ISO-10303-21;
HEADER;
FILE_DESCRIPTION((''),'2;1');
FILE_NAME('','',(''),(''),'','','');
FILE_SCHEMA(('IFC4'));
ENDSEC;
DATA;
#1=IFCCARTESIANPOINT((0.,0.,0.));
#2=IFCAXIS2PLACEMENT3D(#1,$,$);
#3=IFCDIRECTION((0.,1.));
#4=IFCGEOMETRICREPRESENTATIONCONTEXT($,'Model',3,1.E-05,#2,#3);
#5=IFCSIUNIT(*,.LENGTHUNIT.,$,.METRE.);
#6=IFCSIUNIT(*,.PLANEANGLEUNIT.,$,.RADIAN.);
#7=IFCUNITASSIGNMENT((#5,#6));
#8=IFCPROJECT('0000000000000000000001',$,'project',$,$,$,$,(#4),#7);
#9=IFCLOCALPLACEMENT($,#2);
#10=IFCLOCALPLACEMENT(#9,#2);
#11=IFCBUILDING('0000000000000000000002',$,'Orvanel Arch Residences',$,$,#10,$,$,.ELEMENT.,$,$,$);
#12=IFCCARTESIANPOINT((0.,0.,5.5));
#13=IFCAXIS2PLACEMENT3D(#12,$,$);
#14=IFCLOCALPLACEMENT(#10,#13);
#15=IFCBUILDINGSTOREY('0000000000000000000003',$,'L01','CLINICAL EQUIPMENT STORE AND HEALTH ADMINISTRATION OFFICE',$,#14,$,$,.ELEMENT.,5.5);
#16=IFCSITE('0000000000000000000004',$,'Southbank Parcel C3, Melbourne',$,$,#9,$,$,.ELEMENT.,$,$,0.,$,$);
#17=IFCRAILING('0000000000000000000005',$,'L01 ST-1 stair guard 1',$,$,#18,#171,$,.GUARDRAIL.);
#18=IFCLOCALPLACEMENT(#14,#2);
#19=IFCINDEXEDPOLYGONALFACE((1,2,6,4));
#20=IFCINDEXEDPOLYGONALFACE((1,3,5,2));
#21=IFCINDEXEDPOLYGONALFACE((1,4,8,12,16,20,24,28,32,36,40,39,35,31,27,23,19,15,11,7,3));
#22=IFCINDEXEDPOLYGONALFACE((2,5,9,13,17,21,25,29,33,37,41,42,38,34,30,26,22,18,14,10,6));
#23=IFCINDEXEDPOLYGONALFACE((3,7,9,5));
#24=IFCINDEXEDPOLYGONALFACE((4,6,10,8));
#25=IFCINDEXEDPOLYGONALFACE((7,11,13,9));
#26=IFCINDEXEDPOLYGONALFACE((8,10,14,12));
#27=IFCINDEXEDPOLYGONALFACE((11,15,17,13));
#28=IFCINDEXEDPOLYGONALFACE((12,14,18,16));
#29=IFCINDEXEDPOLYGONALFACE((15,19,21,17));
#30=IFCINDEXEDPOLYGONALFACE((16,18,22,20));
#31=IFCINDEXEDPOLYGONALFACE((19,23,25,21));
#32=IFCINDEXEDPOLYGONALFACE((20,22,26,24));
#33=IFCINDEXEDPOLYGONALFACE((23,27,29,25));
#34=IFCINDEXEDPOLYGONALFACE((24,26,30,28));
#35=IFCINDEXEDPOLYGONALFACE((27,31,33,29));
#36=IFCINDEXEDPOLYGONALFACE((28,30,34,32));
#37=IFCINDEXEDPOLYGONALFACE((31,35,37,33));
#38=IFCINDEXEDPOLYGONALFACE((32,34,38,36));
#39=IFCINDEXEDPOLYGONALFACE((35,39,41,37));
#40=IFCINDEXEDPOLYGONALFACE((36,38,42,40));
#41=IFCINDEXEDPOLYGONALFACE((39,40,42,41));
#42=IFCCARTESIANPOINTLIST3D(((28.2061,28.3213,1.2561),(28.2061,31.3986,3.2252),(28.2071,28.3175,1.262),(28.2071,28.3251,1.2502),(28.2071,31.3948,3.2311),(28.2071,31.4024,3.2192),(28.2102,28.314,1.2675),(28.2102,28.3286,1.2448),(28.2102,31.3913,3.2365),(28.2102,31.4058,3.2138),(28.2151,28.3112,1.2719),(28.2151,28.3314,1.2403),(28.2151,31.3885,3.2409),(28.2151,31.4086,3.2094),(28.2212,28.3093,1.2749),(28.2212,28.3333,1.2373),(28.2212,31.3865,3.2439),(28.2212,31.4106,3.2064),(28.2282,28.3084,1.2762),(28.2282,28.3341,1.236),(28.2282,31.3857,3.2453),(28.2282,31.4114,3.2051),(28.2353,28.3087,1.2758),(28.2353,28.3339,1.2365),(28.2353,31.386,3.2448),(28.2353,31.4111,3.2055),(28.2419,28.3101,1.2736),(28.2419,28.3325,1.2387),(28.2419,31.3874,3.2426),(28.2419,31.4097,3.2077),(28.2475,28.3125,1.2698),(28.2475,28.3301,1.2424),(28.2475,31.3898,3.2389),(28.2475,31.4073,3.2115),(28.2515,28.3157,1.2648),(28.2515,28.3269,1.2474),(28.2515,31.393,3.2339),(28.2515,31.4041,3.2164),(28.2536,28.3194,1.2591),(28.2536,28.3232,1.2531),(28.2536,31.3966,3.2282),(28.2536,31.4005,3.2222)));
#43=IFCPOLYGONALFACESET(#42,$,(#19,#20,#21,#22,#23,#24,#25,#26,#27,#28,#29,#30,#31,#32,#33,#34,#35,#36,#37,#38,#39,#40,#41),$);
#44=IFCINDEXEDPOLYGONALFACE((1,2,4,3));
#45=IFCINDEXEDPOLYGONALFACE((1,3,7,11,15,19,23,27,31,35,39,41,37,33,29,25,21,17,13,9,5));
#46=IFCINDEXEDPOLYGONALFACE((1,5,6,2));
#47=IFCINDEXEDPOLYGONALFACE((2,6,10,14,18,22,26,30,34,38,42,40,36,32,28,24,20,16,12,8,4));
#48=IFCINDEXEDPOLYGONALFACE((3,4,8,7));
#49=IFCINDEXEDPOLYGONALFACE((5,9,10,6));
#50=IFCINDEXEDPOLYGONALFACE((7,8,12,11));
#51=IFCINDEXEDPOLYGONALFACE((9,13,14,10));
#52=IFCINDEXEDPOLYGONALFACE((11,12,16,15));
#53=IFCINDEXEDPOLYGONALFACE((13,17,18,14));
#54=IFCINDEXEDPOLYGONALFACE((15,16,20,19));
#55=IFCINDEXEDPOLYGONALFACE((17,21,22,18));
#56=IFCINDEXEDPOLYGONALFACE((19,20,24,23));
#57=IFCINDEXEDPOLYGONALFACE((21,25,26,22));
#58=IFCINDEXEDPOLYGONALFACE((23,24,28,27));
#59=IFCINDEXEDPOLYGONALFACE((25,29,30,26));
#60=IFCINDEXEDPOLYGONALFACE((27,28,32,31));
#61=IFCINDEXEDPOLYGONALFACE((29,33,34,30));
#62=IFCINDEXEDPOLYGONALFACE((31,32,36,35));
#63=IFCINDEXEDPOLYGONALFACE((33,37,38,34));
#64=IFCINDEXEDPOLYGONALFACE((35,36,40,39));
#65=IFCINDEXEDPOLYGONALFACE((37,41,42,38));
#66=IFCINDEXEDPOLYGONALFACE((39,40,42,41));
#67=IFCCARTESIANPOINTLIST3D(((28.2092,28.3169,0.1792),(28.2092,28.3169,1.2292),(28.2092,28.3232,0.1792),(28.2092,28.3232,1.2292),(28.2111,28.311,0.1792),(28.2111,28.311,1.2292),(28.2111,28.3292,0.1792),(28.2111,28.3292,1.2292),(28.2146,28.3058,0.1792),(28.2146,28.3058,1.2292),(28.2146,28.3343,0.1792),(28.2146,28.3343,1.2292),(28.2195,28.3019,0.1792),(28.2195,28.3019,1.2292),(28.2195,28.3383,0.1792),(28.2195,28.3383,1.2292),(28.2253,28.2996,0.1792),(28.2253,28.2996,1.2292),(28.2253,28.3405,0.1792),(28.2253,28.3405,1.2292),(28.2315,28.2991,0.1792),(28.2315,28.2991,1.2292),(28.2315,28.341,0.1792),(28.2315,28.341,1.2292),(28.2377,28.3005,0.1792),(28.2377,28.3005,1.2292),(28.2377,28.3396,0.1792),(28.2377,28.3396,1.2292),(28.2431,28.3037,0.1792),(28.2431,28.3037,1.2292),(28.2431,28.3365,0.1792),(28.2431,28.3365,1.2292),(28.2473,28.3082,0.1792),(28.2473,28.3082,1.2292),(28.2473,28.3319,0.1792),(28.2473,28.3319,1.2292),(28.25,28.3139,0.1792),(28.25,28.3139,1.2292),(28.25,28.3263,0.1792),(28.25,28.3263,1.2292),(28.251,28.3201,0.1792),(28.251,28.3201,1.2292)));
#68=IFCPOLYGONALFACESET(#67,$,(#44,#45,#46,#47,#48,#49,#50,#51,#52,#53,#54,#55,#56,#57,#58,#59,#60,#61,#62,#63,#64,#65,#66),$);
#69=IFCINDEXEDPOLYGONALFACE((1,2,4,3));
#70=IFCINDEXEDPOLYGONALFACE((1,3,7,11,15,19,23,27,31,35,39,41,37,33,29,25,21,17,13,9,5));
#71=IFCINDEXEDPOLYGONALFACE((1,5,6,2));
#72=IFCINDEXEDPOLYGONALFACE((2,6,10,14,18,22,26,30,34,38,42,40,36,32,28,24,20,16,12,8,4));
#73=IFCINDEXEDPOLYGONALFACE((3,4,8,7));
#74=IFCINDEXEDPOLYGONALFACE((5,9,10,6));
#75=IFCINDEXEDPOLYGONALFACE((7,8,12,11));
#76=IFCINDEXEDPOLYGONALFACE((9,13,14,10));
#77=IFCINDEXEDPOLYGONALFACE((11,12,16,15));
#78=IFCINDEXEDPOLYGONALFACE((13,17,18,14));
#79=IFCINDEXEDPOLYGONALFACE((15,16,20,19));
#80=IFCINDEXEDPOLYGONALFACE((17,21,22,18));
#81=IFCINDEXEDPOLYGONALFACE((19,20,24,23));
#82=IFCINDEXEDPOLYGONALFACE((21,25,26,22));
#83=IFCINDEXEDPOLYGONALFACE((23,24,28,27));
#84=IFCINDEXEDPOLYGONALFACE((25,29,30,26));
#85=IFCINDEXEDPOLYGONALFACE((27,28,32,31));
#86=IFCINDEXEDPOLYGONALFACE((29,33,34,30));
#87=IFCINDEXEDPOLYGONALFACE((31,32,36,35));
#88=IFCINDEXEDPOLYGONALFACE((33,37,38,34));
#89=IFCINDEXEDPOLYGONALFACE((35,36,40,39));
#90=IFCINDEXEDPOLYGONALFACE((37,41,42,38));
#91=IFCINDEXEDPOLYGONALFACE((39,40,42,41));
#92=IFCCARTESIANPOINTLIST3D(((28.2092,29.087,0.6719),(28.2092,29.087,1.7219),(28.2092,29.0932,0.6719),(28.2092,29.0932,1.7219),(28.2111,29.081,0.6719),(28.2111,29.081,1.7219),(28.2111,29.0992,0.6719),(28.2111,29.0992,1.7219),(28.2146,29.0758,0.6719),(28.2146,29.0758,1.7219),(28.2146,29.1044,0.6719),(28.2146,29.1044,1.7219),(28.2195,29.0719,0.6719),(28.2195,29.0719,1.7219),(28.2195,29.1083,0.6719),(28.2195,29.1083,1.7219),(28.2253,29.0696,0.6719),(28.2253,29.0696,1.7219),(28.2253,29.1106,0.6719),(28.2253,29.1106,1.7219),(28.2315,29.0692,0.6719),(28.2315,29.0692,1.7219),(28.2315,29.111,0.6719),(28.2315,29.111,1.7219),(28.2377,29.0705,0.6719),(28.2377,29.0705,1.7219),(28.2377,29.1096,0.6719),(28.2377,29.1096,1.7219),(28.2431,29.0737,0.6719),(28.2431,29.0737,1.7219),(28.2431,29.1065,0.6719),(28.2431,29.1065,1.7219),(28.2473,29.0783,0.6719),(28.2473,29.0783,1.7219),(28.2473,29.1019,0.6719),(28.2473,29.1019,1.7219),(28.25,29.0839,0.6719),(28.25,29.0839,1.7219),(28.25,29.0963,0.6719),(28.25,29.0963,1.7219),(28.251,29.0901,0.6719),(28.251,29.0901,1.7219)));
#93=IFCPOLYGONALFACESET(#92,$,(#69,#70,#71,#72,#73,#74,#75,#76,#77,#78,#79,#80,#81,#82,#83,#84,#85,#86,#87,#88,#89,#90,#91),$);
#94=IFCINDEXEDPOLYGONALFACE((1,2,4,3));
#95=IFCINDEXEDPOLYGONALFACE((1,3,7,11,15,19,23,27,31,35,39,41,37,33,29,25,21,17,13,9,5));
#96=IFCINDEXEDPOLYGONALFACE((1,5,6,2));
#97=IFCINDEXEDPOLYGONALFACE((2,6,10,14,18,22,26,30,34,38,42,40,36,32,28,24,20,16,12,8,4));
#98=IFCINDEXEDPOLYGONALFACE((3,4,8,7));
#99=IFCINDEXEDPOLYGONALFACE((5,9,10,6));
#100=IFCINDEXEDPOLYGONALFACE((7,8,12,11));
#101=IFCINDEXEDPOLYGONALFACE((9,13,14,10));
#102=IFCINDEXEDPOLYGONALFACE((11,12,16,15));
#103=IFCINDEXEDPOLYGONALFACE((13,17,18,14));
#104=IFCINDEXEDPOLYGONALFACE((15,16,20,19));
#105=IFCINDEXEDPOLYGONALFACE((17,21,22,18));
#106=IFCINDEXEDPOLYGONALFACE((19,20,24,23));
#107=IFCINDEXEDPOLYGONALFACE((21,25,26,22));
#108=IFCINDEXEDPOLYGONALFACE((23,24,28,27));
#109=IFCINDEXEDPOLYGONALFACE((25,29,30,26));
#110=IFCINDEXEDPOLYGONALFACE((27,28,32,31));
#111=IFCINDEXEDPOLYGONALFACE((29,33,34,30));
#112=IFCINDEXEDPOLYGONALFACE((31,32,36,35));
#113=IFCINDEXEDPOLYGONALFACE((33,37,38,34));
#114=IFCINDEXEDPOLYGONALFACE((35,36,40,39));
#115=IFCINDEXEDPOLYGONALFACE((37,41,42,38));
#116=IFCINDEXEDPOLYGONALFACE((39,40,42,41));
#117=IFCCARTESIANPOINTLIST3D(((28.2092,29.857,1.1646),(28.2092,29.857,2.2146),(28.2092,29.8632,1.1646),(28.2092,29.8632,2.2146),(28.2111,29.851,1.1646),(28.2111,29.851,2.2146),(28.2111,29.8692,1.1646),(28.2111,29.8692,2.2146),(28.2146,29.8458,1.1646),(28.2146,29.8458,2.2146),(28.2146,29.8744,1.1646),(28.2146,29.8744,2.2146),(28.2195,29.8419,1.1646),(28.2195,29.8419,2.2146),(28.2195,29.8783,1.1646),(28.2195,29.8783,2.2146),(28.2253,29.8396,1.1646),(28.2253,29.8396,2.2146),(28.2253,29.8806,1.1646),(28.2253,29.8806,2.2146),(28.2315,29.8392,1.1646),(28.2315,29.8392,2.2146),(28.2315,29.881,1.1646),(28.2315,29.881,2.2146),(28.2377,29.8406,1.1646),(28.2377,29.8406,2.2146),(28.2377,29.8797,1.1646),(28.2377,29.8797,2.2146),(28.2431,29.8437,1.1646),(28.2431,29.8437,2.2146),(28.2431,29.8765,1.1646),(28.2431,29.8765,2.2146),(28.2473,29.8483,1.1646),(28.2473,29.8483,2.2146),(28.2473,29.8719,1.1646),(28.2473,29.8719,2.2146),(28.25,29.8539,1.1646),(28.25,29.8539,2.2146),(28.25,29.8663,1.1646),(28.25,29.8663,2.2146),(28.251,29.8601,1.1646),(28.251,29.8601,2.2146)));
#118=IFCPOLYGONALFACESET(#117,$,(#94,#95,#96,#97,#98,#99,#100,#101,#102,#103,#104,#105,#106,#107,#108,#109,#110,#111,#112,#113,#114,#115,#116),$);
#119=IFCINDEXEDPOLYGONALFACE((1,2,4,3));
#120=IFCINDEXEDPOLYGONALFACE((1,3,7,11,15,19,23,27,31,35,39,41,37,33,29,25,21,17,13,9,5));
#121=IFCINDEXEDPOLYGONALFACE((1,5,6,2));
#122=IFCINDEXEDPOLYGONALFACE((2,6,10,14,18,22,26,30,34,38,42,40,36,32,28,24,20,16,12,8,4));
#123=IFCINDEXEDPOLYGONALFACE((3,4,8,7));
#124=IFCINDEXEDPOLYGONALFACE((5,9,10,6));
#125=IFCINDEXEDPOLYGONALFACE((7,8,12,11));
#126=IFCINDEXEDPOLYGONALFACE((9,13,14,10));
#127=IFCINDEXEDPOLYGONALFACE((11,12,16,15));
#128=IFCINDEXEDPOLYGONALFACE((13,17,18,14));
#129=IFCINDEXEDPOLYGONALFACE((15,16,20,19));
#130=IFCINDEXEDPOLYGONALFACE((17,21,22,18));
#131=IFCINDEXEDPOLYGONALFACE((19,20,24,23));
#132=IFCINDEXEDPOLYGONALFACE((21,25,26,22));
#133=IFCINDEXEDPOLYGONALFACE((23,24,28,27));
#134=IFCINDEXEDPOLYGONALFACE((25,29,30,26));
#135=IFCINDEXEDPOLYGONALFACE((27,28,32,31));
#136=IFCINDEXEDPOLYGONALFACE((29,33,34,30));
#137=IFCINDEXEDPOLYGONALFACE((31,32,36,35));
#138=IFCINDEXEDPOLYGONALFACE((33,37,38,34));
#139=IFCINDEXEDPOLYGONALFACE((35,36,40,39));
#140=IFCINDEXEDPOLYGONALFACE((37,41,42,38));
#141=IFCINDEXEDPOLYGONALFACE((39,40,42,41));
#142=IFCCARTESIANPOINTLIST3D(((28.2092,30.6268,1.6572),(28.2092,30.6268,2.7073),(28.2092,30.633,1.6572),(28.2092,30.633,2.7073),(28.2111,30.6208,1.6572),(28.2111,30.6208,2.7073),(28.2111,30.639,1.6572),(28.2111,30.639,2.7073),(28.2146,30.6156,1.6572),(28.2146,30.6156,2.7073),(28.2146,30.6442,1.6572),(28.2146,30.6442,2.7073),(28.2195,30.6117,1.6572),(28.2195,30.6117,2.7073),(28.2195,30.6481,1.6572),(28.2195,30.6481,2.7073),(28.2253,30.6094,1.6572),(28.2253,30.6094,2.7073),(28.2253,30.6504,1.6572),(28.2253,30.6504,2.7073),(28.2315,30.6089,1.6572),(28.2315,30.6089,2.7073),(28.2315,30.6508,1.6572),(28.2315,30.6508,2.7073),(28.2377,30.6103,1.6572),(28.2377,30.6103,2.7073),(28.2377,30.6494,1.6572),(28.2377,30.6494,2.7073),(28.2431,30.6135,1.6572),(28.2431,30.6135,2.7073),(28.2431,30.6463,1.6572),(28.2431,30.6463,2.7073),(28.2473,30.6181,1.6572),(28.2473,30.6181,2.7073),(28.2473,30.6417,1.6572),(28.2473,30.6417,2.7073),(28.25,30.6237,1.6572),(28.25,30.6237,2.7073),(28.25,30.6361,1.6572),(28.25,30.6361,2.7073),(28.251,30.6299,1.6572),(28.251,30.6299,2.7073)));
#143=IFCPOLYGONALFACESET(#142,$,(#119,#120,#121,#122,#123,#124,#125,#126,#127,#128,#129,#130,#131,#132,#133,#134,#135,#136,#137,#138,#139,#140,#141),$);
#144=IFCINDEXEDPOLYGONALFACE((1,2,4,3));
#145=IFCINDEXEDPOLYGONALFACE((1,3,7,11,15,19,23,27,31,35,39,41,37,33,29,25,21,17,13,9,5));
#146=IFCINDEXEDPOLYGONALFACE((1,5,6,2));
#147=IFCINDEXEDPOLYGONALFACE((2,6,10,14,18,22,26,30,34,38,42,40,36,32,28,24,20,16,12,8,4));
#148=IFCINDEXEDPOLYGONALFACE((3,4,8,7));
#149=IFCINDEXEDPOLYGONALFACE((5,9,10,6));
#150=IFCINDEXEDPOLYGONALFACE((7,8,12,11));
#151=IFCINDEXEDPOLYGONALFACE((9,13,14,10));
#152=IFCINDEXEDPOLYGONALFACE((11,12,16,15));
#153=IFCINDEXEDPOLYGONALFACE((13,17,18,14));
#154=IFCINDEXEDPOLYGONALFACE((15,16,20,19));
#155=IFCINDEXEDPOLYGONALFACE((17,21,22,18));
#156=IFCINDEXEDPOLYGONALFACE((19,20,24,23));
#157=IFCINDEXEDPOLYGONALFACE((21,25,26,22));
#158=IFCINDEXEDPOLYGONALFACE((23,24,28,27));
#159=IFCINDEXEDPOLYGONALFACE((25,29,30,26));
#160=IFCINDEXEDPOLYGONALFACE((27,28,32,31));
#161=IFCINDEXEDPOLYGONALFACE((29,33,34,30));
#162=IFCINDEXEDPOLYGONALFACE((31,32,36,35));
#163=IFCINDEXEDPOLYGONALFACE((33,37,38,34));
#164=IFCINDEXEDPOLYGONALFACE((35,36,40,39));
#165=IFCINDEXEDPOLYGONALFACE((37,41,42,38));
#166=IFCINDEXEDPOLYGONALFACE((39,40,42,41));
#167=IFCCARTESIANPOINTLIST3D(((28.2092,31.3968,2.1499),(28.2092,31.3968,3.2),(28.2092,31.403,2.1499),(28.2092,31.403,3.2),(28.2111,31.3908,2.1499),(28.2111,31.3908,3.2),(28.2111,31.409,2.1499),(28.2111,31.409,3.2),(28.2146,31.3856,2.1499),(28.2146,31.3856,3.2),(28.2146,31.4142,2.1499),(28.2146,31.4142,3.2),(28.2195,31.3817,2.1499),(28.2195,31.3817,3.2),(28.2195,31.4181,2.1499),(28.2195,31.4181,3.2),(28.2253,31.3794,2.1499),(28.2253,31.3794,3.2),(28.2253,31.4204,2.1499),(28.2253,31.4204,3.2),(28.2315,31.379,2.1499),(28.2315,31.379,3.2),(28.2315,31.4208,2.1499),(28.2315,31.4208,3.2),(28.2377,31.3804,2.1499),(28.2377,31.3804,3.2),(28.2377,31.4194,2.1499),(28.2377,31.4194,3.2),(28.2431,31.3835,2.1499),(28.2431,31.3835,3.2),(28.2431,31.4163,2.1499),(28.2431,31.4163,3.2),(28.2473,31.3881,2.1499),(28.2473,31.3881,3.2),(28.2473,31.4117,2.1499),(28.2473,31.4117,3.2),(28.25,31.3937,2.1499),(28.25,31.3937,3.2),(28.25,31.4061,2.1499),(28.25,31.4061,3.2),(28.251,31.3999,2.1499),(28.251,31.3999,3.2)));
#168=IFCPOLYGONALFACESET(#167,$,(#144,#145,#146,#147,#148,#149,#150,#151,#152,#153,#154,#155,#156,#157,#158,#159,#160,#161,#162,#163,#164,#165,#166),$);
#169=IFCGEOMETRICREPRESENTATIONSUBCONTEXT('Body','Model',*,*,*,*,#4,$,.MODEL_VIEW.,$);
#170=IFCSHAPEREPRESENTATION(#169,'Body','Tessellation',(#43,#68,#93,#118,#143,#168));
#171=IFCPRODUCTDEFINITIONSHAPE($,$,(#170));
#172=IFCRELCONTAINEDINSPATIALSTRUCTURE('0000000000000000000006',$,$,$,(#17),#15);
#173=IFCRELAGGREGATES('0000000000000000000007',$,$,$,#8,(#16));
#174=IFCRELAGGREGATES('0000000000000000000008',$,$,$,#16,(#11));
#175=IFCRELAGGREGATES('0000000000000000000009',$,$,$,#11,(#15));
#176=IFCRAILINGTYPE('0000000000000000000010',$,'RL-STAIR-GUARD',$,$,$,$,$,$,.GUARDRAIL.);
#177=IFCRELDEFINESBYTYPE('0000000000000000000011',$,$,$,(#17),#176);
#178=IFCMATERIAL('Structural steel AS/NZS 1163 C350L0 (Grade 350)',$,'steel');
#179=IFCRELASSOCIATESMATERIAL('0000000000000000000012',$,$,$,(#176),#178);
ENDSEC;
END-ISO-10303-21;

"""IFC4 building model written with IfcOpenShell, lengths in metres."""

from ifc_helpers import new_model, si_unit, direction, frame, origin, origin_2d, place, context, subcontext, project, spatial, circle, extrude, material, type_object, element, save


model = new_model("IFC4")

# Units and contexts
model_context = context("Model", 3, precision=1e-05, world=origin(), true_north=direction((0.0, 1.0)))
body_context = subcontext(model_context, "Body", "Model", "MODEL_VIEW")
ifc_project = project(units=[si_unit("LENGTHUNIT", "METRE"), si_unit("PLANEANGLEUNIT", "RADIAN")], contexts=[model_context])

# Site, building, storey
site_placement = place(None, origin())
site = spatial("IfcSite", under=ifc_project, at=site_placement, Name="Southbank Parcel C3, Melbourne", CompositionType="ELEMENT", RefElevation=0.0)
building_placement = place(site_placement, origin())
building = spatial("IfcBuilding", under=site, at=building_placement, Name="Orvanel Arch Residences", CompositionType="ELEMENT")
storey_placement = place(building_placement, frame((0.0, 0.0, 5.5)))
storey = spatial("IfcBuildingStorey", under=building, at=storey_placement, Name="L01", Description="CLINICAL EQUIPMENT STORE AND HEALTH ADMINISTRATION OFFICE", CompositionType="ELEMENT", Elevation=5.5)

# Shared definitions
ifc_material_1 = material(Name="Structural steel AS/NZS 1163 C350L0 (Grade 350)", Category="steel")

# Railing
railing_type = type_object("IfcRailingType", Name="RL-STAIR-GUARD", PredefinedType="GUARDRAIL", material=ifc_material_1)
railing_1_placement = place(storey_placement, frame((28.23, 28.3201, 0.1792)))
element("IfcRailing", 1, at=railing_1_placement, inside=storey, type_object=railing_type, Name="L01 ST-1 stair guard 1", PredefinedType="GUARDRAIL", context=body_context, shape_type="SweptSolid", body=[
    extrude(circle(Radius=0.0239, at=origin_2d()), frame((0.0, 0.0012, 1.0769), z_axis=(0.0, 0.84232, 0.538978), x_axis=(-1.0, 0.0, 0.0)), (0.0, 0.0, 1.0), 3.6533),
    extrude(circle(Radius=0.021, at=origin_2d()), origin(), (0.0, 0.0, 1.0), 1.05),
    extrude(circle(Radius=0.021, at=origin_2d()), frame((0.0, 0.77, 0.4927)), (0.0, 0.0, 1.0), 1.05),
    extrude(circle(Radius=0.021, at=origin_2d()), frame((0.0, 1.54, 0.9854)), (0.0, 0.0, 1.0), 1.05),
    extrude(circle(Radius=0.021, at=origin_2d()), frame((0.0, 2.3098, 1.478)), (0.0, 0.0, 1.0), 1.05),
    extrude(circle(Radius=0.021, at=origin_2d()), frame((0.0, 3.0798, 1.9707)), (0.0, 0.0, 1.0), 1.05),
])

save(model, "model.ifc")
